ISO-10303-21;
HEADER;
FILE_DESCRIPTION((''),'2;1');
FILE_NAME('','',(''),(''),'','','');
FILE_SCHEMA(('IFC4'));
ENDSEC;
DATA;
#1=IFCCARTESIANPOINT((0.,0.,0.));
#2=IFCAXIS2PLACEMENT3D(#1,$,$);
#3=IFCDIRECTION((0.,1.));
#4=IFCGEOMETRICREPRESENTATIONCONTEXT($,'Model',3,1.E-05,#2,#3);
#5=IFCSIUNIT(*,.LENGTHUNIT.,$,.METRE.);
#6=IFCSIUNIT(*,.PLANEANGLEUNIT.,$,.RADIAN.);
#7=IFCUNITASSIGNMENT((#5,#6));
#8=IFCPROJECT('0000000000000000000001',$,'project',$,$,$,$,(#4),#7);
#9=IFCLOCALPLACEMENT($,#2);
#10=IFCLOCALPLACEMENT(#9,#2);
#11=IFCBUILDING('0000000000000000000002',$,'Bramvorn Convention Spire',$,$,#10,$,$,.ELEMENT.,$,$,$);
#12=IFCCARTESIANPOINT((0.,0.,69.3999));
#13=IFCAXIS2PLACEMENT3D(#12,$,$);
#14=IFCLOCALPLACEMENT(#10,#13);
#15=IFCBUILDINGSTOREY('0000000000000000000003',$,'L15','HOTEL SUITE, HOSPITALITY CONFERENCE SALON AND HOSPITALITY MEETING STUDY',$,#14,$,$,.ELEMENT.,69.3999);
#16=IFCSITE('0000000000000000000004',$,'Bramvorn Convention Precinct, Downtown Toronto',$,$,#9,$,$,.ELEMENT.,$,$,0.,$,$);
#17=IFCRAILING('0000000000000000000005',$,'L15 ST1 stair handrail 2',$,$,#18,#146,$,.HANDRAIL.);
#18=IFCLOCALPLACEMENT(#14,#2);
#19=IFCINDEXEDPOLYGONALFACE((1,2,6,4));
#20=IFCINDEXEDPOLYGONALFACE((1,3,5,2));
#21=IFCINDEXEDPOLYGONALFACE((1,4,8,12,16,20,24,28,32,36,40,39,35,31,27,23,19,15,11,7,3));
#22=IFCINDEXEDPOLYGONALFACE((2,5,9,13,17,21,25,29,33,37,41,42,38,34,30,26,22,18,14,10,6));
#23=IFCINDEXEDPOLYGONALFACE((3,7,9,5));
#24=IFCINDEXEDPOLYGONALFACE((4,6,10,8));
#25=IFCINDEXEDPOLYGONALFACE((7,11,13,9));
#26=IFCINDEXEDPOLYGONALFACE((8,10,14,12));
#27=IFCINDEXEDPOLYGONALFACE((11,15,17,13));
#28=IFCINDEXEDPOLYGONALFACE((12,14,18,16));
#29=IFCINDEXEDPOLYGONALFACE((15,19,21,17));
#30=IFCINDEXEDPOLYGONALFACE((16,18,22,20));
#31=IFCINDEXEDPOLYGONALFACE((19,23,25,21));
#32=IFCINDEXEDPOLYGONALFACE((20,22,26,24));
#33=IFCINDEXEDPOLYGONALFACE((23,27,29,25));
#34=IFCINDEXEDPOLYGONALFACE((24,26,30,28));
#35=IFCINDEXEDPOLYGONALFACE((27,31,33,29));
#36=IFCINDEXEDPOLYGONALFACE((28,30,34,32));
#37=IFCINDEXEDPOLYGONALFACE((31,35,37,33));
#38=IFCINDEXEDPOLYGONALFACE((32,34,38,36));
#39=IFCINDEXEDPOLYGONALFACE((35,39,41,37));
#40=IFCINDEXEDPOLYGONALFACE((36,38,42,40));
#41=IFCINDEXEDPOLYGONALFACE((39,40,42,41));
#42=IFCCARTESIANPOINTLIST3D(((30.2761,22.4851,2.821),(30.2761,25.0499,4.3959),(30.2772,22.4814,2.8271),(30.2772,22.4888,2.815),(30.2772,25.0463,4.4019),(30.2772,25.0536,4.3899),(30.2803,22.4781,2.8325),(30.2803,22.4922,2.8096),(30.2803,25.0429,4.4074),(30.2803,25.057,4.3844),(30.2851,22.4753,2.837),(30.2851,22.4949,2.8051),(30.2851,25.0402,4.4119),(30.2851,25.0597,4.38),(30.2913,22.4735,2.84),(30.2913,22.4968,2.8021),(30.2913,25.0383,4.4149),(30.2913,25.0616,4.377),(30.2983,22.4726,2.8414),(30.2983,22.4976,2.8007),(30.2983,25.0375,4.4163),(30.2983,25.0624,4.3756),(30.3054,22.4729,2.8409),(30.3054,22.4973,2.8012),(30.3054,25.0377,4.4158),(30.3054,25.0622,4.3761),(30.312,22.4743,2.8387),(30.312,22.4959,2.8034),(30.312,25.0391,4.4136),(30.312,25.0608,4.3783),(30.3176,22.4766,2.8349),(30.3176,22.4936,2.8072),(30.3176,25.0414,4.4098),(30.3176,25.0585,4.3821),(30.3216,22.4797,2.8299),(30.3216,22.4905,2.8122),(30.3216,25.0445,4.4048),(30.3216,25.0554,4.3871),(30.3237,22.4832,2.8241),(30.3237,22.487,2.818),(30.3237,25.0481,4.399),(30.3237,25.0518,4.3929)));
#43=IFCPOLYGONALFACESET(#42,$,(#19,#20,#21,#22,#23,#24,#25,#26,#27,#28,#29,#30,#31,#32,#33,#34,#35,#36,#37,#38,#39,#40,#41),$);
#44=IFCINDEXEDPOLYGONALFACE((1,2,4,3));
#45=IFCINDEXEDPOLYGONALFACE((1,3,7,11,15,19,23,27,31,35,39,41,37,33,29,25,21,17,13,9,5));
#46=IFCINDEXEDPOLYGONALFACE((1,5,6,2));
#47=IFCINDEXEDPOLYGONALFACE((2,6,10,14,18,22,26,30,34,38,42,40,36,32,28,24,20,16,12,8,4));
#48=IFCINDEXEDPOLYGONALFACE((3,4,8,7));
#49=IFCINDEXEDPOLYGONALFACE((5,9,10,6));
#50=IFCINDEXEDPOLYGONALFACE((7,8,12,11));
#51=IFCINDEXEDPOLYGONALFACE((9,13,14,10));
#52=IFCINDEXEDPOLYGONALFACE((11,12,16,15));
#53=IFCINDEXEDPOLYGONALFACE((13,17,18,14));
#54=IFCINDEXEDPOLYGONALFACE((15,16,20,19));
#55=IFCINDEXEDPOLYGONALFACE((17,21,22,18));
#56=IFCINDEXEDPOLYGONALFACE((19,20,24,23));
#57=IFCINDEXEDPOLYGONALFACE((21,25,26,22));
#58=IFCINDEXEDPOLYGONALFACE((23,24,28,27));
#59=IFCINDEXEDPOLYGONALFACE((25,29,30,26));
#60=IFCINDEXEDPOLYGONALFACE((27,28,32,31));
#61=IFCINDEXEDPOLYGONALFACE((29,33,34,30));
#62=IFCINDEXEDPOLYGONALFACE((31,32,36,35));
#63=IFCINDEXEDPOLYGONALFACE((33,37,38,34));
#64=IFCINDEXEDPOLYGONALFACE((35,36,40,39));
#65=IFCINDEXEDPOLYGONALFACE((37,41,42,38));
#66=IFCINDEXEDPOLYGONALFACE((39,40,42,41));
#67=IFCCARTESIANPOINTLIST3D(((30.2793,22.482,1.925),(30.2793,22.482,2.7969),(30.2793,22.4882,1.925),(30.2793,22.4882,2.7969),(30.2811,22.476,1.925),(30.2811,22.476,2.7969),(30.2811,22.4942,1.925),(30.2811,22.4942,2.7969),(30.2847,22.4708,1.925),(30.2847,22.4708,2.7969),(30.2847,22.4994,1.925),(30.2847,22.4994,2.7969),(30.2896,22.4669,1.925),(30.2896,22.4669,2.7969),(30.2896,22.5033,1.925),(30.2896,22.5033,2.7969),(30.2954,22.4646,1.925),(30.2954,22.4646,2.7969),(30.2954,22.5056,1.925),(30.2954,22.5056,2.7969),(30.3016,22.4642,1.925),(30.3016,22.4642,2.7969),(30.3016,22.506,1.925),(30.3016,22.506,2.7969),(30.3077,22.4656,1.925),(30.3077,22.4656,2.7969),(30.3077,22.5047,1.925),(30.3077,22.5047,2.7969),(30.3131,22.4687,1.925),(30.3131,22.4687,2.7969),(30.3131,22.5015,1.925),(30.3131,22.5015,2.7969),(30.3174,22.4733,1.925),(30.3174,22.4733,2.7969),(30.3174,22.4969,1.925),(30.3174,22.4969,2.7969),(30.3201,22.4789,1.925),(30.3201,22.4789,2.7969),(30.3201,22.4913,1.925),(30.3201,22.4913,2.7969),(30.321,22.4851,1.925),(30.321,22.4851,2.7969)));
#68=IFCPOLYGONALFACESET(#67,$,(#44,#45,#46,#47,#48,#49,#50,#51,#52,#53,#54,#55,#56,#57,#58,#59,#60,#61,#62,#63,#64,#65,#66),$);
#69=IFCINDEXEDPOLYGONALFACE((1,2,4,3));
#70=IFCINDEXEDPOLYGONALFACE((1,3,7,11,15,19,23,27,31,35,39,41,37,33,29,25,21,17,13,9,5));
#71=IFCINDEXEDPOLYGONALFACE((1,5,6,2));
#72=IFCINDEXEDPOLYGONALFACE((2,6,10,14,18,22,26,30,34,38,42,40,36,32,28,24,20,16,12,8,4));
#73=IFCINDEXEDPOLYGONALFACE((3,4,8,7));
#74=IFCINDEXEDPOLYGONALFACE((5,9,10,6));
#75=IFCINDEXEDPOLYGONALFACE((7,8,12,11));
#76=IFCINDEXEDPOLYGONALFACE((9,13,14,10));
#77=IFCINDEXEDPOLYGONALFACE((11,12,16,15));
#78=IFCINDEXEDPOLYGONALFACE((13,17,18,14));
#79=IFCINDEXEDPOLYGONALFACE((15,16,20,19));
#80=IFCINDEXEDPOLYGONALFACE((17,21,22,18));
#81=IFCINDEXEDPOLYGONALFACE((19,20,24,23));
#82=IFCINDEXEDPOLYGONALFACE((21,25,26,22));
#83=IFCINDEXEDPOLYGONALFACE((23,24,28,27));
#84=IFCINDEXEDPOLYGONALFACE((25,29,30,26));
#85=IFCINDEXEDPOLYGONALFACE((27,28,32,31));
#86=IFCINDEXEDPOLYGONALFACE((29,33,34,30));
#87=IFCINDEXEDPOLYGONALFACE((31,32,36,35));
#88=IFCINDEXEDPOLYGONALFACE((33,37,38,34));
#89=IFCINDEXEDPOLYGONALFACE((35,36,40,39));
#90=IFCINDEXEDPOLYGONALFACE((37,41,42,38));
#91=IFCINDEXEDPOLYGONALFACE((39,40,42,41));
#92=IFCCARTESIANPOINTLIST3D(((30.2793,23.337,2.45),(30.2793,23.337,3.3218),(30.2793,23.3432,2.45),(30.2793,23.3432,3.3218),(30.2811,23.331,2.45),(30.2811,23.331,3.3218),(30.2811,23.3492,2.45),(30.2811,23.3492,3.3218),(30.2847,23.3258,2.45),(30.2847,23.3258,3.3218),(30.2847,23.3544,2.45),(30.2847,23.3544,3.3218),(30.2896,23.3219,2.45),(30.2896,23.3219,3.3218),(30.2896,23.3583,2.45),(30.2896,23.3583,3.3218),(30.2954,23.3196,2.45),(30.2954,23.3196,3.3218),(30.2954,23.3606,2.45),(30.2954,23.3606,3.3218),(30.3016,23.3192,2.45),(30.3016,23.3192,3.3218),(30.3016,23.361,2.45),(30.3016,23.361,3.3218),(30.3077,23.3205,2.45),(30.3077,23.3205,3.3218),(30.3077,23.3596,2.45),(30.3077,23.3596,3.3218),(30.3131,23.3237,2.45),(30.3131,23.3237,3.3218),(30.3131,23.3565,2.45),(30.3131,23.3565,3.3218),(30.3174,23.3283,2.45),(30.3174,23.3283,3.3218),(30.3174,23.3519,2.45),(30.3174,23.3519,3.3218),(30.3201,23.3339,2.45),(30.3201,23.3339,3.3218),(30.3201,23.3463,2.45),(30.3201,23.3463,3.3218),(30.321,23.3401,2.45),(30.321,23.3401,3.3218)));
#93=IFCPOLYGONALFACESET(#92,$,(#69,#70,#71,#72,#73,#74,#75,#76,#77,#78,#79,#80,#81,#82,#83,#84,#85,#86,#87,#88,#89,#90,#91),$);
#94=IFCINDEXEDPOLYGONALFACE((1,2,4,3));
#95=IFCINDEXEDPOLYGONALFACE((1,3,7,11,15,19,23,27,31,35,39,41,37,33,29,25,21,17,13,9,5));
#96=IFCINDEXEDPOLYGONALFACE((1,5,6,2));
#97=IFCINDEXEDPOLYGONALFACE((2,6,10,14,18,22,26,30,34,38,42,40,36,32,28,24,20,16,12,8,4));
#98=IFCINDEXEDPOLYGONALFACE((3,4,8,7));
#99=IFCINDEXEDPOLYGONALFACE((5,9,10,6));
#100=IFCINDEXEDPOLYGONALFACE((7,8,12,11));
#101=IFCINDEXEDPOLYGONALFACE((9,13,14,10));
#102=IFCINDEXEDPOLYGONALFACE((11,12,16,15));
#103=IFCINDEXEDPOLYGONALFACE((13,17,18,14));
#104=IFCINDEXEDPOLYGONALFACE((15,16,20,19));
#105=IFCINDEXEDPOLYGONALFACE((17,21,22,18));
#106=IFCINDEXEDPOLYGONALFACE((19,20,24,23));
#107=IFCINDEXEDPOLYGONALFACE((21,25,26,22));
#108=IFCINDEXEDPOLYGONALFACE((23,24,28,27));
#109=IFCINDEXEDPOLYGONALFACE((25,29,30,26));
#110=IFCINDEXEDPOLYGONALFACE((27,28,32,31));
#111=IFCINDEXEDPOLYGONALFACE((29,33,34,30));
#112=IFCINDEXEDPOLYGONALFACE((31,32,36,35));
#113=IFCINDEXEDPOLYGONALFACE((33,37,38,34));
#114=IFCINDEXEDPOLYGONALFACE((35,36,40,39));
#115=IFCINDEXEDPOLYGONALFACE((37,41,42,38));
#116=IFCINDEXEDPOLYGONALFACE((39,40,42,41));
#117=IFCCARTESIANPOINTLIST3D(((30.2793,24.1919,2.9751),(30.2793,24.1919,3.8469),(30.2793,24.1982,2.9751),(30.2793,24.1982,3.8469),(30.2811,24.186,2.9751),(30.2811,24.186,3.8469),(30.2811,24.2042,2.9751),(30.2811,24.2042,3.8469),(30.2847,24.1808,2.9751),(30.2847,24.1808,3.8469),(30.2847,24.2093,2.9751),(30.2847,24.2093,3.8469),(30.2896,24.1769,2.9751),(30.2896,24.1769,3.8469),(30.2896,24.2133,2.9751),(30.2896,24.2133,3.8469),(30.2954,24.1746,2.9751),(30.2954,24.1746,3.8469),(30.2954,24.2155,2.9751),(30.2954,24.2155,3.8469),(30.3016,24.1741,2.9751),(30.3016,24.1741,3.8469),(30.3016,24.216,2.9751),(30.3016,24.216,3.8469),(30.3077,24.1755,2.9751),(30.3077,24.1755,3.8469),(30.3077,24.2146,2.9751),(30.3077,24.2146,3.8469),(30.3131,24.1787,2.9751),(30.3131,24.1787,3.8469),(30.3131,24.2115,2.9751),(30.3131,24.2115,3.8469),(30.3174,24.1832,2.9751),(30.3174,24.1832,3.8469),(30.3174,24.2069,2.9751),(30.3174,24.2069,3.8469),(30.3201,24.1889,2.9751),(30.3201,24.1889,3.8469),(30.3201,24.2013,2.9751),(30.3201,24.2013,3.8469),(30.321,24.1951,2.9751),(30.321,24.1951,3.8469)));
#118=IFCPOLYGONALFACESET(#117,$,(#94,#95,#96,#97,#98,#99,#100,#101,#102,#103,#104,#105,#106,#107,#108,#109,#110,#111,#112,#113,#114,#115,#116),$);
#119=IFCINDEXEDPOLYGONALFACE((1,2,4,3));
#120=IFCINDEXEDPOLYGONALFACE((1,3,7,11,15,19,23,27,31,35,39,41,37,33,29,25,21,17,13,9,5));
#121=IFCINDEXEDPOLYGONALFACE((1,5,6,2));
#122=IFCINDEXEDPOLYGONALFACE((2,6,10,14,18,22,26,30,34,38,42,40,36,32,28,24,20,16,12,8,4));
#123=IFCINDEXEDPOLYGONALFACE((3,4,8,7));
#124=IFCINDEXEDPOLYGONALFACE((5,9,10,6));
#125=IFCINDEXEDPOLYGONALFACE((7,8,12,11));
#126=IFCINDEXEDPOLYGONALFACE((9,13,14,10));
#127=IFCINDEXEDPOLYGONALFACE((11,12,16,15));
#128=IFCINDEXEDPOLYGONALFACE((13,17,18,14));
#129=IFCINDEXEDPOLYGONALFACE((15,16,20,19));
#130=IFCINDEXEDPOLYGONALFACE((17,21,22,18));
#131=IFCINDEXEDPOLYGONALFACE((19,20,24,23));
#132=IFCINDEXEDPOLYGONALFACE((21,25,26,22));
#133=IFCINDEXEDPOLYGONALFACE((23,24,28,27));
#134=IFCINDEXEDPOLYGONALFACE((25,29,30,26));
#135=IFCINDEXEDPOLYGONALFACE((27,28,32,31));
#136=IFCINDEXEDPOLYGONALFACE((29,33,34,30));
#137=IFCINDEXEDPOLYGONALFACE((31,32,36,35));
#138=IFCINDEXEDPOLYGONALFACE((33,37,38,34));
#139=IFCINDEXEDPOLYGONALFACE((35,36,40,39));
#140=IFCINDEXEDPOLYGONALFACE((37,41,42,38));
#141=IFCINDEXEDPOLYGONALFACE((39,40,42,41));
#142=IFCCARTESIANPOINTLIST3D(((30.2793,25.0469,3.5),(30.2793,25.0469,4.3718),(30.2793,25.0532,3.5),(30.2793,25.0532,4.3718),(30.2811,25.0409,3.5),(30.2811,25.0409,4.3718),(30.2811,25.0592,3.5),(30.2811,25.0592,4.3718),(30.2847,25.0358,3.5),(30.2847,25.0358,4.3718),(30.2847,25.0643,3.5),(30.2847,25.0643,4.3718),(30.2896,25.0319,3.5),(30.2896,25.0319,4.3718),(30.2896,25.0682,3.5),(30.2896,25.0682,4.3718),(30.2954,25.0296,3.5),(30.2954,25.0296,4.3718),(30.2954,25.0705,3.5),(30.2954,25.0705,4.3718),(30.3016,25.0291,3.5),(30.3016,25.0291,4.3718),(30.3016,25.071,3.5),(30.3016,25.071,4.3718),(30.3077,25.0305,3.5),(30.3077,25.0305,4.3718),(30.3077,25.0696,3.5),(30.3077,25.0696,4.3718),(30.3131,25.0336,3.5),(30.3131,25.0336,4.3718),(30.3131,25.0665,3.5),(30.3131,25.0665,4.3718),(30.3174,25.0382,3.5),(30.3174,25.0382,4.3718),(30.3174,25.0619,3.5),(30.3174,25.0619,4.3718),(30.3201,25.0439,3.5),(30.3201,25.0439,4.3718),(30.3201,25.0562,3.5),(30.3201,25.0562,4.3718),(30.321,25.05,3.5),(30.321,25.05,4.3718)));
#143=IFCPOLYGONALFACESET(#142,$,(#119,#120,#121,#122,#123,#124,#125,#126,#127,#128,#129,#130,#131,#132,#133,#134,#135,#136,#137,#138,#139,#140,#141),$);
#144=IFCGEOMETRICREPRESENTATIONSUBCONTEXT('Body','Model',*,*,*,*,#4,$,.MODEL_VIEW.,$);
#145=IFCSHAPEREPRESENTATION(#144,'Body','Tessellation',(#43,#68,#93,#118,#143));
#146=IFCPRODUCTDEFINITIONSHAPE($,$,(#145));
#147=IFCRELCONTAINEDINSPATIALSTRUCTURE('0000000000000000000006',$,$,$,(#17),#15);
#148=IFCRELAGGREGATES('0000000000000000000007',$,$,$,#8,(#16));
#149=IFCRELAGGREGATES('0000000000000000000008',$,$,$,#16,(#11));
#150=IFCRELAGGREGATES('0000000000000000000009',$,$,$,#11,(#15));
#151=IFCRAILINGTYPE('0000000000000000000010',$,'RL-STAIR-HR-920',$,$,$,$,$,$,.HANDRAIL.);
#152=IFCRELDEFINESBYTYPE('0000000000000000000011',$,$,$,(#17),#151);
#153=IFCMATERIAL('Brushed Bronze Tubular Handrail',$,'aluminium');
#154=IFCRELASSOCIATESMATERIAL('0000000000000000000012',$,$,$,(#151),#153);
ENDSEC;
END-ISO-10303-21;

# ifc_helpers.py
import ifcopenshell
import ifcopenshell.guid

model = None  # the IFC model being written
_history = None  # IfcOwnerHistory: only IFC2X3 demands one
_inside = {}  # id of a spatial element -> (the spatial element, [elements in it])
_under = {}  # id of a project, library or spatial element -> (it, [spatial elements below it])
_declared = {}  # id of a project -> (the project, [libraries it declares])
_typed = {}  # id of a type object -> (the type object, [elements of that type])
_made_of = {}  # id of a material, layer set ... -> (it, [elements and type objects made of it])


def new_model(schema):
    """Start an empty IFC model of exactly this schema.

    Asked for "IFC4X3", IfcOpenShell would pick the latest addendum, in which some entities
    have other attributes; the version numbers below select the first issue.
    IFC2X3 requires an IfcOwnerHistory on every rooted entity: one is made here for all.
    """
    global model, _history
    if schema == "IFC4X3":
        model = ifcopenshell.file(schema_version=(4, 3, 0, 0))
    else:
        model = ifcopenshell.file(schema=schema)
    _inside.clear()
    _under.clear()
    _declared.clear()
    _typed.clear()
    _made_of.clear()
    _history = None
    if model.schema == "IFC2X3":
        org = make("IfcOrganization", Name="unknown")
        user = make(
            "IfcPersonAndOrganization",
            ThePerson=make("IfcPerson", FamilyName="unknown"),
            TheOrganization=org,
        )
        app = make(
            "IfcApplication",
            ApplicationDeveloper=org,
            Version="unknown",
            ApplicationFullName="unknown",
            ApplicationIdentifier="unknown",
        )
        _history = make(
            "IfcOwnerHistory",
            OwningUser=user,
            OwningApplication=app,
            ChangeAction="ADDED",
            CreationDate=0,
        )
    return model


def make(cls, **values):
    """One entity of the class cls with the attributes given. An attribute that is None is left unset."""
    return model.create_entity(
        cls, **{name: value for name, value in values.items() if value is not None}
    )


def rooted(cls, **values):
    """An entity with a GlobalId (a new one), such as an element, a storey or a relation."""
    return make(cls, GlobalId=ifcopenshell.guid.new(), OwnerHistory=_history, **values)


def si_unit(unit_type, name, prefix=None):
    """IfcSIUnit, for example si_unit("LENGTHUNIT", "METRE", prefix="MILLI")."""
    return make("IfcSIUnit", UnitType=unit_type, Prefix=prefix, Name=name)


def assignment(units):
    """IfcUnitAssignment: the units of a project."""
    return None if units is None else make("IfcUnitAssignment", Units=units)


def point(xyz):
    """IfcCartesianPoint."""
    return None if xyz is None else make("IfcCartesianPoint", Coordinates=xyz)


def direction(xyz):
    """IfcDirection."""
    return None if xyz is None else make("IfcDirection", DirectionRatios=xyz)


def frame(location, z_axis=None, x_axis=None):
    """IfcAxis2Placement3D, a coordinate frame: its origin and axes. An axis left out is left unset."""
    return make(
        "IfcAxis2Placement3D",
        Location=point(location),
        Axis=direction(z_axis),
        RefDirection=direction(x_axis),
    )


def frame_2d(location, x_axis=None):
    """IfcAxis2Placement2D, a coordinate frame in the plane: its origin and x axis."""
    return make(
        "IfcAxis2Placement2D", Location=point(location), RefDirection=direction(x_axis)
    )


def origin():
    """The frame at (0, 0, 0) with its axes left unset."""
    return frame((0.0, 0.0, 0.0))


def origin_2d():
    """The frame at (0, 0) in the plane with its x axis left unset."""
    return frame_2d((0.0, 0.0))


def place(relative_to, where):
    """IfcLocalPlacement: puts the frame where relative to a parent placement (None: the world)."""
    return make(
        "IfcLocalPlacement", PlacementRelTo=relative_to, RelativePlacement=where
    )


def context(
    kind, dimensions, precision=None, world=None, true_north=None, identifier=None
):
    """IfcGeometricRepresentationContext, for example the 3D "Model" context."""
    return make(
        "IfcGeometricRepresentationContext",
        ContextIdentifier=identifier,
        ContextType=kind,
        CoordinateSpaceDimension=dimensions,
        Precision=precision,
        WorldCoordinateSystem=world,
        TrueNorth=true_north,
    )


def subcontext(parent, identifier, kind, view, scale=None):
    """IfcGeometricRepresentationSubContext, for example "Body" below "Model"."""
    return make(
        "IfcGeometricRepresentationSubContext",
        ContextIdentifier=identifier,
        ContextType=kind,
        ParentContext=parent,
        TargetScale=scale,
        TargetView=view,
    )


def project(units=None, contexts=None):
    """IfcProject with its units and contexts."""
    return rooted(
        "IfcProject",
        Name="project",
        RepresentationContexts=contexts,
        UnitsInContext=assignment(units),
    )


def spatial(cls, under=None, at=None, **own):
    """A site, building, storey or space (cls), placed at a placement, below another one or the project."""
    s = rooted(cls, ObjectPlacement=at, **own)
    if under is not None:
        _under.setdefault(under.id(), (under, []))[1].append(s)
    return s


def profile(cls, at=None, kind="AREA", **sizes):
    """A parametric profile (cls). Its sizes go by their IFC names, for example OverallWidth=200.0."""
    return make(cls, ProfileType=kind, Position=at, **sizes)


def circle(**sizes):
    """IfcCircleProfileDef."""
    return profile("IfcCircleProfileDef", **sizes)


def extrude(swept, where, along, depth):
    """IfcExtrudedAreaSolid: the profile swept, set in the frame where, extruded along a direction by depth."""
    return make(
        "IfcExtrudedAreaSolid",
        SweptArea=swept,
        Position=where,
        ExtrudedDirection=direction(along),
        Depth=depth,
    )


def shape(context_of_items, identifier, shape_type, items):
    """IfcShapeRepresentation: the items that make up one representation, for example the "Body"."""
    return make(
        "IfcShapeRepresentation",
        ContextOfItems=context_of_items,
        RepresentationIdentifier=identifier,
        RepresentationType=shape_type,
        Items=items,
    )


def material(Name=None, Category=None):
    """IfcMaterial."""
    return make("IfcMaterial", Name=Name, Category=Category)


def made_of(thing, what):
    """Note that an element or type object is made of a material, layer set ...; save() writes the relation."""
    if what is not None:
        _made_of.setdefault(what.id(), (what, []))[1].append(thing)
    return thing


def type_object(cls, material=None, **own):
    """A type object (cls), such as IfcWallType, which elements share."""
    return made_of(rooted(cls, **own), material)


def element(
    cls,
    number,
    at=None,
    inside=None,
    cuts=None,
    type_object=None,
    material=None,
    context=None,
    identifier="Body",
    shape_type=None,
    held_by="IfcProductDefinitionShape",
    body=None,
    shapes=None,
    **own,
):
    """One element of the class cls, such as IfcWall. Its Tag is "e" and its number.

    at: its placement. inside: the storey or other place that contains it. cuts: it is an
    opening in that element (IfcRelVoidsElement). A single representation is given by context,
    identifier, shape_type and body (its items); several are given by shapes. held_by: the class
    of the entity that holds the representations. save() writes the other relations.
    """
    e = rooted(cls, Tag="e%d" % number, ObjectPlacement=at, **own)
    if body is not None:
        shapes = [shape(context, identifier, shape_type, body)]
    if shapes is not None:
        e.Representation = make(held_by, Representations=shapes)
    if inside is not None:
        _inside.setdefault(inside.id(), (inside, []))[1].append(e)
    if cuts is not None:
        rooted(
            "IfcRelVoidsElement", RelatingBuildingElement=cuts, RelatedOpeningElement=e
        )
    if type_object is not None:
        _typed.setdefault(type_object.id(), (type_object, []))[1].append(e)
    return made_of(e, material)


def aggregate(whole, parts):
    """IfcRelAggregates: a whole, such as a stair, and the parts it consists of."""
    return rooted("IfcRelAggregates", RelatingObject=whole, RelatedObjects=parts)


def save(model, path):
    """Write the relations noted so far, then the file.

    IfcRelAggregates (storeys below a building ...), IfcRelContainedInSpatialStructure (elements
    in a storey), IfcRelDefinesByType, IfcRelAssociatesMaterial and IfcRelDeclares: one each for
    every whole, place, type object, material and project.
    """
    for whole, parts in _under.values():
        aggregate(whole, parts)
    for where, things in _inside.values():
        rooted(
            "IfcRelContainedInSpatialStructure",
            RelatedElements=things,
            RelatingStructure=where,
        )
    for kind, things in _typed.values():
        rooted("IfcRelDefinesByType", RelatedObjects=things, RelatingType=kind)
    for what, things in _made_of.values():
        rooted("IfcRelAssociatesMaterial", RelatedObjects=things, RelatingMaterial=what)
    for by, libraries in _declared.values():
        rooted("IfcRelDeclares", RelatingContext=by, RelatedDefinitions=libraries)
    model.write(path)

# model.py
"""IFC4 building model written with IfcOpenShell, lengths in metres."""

from ifc_helpers import new_model, si_unit, direction, frame, origin, origin_2d, place, context, subcontext, project, spatial, circle, extrude, material, type_object, element, save


model = new_model("IFC4")

# Units and contexts
model_context = context("Model", 3, precision=1e-05, world=origin(), true_north=direction((0.0, 1.0)))
body_context = subcontext(model_context, "Body", "Model", "MODEL_VIEW")
ifc_project = project(units=[si_unit("LENGTHUNIT", "METRE"), si_unit("PLANEANGLEUNIT", "RADIAN")], contexts=[model_context])

# Site, building, storey
site_placement = place(None, origin())
site = spatial("IfcSite", under=ifc_project, at=site_placement, Name="Bramvorn Convention Precinct, Downtown Toronto", CompositionType="ELEMENT", RefElevation=0.0)
building_placement = place(site_placement, origin())
building = spatial("IfcBuilding", under=site, at=building_placement, Name="Bramvorn Convention Spire", CompositionType="ELEMENT")
storey_placement = place(building_placement, frame((0.0, 0.0, 69.3999)))
storey = spatial("IfcBuildingStorey", under=building, at=storey_placement, Name="L15", Description="HOTEL SUITE, HOSPITALITY CONFERENCE SALON AND HOSPITALITY MEETING STUDY", CompositionType="ELEMENT", Elevation=69.3999)

# Railing
ifc_material_1 = material(Name="Brushed Bronze Tubular Handrail", Category="aluminium")
railing_type_1 = type_object("IfcRailingType", Name="RL-STAIR-HR-920", PredefinedType="HANDRAIL", material=ifc_material_1)
railing_1_placement = place(storey_placement, frame((30.3, 22.4851, 1.925)))
element("IfcRailing", 1, at=railing_1_placement, inside=storey, type_object=railing_type_1, Name="L15 ST1 stair handrail 2", PredefinedType="HANDRAIL", context=body_context, shape_type="SweptSolid", body=[
    extrude(circle(Radius=0.0239, at=origin_2d()), frame((0.0, 0.0, 0.896), z_axis=(0.0, 0.852173, 0.52326), x_axis=(-1.0, 0.0, 0.0)), (0.0, 0.0, 1.0), 3.0098),
    extrude(circle(Radius=0.021, at=origin_2d()), origin(), (0.0, 0.0, 1.0), 0.8718),
    extrude(circle(Radius=0.021, at=origin_2d()), frame((0.0, 0.855, 0.5249)), (0.0, 0.0, 1.0), 0.8718),
    extrude(circle(Radius=0.021, at=origin_2d()), frame((0.0, 1.71, 1.05)), (0.0, 0.0, 1.0), 0.8718),
    extrude(circle(Radius=0.021, at=origin_2d()), frame((0.0, 2.5649, 1.575)), (0.0, 0.0, 1.0), 0.8718),
])

save(model, "model.ifc")
